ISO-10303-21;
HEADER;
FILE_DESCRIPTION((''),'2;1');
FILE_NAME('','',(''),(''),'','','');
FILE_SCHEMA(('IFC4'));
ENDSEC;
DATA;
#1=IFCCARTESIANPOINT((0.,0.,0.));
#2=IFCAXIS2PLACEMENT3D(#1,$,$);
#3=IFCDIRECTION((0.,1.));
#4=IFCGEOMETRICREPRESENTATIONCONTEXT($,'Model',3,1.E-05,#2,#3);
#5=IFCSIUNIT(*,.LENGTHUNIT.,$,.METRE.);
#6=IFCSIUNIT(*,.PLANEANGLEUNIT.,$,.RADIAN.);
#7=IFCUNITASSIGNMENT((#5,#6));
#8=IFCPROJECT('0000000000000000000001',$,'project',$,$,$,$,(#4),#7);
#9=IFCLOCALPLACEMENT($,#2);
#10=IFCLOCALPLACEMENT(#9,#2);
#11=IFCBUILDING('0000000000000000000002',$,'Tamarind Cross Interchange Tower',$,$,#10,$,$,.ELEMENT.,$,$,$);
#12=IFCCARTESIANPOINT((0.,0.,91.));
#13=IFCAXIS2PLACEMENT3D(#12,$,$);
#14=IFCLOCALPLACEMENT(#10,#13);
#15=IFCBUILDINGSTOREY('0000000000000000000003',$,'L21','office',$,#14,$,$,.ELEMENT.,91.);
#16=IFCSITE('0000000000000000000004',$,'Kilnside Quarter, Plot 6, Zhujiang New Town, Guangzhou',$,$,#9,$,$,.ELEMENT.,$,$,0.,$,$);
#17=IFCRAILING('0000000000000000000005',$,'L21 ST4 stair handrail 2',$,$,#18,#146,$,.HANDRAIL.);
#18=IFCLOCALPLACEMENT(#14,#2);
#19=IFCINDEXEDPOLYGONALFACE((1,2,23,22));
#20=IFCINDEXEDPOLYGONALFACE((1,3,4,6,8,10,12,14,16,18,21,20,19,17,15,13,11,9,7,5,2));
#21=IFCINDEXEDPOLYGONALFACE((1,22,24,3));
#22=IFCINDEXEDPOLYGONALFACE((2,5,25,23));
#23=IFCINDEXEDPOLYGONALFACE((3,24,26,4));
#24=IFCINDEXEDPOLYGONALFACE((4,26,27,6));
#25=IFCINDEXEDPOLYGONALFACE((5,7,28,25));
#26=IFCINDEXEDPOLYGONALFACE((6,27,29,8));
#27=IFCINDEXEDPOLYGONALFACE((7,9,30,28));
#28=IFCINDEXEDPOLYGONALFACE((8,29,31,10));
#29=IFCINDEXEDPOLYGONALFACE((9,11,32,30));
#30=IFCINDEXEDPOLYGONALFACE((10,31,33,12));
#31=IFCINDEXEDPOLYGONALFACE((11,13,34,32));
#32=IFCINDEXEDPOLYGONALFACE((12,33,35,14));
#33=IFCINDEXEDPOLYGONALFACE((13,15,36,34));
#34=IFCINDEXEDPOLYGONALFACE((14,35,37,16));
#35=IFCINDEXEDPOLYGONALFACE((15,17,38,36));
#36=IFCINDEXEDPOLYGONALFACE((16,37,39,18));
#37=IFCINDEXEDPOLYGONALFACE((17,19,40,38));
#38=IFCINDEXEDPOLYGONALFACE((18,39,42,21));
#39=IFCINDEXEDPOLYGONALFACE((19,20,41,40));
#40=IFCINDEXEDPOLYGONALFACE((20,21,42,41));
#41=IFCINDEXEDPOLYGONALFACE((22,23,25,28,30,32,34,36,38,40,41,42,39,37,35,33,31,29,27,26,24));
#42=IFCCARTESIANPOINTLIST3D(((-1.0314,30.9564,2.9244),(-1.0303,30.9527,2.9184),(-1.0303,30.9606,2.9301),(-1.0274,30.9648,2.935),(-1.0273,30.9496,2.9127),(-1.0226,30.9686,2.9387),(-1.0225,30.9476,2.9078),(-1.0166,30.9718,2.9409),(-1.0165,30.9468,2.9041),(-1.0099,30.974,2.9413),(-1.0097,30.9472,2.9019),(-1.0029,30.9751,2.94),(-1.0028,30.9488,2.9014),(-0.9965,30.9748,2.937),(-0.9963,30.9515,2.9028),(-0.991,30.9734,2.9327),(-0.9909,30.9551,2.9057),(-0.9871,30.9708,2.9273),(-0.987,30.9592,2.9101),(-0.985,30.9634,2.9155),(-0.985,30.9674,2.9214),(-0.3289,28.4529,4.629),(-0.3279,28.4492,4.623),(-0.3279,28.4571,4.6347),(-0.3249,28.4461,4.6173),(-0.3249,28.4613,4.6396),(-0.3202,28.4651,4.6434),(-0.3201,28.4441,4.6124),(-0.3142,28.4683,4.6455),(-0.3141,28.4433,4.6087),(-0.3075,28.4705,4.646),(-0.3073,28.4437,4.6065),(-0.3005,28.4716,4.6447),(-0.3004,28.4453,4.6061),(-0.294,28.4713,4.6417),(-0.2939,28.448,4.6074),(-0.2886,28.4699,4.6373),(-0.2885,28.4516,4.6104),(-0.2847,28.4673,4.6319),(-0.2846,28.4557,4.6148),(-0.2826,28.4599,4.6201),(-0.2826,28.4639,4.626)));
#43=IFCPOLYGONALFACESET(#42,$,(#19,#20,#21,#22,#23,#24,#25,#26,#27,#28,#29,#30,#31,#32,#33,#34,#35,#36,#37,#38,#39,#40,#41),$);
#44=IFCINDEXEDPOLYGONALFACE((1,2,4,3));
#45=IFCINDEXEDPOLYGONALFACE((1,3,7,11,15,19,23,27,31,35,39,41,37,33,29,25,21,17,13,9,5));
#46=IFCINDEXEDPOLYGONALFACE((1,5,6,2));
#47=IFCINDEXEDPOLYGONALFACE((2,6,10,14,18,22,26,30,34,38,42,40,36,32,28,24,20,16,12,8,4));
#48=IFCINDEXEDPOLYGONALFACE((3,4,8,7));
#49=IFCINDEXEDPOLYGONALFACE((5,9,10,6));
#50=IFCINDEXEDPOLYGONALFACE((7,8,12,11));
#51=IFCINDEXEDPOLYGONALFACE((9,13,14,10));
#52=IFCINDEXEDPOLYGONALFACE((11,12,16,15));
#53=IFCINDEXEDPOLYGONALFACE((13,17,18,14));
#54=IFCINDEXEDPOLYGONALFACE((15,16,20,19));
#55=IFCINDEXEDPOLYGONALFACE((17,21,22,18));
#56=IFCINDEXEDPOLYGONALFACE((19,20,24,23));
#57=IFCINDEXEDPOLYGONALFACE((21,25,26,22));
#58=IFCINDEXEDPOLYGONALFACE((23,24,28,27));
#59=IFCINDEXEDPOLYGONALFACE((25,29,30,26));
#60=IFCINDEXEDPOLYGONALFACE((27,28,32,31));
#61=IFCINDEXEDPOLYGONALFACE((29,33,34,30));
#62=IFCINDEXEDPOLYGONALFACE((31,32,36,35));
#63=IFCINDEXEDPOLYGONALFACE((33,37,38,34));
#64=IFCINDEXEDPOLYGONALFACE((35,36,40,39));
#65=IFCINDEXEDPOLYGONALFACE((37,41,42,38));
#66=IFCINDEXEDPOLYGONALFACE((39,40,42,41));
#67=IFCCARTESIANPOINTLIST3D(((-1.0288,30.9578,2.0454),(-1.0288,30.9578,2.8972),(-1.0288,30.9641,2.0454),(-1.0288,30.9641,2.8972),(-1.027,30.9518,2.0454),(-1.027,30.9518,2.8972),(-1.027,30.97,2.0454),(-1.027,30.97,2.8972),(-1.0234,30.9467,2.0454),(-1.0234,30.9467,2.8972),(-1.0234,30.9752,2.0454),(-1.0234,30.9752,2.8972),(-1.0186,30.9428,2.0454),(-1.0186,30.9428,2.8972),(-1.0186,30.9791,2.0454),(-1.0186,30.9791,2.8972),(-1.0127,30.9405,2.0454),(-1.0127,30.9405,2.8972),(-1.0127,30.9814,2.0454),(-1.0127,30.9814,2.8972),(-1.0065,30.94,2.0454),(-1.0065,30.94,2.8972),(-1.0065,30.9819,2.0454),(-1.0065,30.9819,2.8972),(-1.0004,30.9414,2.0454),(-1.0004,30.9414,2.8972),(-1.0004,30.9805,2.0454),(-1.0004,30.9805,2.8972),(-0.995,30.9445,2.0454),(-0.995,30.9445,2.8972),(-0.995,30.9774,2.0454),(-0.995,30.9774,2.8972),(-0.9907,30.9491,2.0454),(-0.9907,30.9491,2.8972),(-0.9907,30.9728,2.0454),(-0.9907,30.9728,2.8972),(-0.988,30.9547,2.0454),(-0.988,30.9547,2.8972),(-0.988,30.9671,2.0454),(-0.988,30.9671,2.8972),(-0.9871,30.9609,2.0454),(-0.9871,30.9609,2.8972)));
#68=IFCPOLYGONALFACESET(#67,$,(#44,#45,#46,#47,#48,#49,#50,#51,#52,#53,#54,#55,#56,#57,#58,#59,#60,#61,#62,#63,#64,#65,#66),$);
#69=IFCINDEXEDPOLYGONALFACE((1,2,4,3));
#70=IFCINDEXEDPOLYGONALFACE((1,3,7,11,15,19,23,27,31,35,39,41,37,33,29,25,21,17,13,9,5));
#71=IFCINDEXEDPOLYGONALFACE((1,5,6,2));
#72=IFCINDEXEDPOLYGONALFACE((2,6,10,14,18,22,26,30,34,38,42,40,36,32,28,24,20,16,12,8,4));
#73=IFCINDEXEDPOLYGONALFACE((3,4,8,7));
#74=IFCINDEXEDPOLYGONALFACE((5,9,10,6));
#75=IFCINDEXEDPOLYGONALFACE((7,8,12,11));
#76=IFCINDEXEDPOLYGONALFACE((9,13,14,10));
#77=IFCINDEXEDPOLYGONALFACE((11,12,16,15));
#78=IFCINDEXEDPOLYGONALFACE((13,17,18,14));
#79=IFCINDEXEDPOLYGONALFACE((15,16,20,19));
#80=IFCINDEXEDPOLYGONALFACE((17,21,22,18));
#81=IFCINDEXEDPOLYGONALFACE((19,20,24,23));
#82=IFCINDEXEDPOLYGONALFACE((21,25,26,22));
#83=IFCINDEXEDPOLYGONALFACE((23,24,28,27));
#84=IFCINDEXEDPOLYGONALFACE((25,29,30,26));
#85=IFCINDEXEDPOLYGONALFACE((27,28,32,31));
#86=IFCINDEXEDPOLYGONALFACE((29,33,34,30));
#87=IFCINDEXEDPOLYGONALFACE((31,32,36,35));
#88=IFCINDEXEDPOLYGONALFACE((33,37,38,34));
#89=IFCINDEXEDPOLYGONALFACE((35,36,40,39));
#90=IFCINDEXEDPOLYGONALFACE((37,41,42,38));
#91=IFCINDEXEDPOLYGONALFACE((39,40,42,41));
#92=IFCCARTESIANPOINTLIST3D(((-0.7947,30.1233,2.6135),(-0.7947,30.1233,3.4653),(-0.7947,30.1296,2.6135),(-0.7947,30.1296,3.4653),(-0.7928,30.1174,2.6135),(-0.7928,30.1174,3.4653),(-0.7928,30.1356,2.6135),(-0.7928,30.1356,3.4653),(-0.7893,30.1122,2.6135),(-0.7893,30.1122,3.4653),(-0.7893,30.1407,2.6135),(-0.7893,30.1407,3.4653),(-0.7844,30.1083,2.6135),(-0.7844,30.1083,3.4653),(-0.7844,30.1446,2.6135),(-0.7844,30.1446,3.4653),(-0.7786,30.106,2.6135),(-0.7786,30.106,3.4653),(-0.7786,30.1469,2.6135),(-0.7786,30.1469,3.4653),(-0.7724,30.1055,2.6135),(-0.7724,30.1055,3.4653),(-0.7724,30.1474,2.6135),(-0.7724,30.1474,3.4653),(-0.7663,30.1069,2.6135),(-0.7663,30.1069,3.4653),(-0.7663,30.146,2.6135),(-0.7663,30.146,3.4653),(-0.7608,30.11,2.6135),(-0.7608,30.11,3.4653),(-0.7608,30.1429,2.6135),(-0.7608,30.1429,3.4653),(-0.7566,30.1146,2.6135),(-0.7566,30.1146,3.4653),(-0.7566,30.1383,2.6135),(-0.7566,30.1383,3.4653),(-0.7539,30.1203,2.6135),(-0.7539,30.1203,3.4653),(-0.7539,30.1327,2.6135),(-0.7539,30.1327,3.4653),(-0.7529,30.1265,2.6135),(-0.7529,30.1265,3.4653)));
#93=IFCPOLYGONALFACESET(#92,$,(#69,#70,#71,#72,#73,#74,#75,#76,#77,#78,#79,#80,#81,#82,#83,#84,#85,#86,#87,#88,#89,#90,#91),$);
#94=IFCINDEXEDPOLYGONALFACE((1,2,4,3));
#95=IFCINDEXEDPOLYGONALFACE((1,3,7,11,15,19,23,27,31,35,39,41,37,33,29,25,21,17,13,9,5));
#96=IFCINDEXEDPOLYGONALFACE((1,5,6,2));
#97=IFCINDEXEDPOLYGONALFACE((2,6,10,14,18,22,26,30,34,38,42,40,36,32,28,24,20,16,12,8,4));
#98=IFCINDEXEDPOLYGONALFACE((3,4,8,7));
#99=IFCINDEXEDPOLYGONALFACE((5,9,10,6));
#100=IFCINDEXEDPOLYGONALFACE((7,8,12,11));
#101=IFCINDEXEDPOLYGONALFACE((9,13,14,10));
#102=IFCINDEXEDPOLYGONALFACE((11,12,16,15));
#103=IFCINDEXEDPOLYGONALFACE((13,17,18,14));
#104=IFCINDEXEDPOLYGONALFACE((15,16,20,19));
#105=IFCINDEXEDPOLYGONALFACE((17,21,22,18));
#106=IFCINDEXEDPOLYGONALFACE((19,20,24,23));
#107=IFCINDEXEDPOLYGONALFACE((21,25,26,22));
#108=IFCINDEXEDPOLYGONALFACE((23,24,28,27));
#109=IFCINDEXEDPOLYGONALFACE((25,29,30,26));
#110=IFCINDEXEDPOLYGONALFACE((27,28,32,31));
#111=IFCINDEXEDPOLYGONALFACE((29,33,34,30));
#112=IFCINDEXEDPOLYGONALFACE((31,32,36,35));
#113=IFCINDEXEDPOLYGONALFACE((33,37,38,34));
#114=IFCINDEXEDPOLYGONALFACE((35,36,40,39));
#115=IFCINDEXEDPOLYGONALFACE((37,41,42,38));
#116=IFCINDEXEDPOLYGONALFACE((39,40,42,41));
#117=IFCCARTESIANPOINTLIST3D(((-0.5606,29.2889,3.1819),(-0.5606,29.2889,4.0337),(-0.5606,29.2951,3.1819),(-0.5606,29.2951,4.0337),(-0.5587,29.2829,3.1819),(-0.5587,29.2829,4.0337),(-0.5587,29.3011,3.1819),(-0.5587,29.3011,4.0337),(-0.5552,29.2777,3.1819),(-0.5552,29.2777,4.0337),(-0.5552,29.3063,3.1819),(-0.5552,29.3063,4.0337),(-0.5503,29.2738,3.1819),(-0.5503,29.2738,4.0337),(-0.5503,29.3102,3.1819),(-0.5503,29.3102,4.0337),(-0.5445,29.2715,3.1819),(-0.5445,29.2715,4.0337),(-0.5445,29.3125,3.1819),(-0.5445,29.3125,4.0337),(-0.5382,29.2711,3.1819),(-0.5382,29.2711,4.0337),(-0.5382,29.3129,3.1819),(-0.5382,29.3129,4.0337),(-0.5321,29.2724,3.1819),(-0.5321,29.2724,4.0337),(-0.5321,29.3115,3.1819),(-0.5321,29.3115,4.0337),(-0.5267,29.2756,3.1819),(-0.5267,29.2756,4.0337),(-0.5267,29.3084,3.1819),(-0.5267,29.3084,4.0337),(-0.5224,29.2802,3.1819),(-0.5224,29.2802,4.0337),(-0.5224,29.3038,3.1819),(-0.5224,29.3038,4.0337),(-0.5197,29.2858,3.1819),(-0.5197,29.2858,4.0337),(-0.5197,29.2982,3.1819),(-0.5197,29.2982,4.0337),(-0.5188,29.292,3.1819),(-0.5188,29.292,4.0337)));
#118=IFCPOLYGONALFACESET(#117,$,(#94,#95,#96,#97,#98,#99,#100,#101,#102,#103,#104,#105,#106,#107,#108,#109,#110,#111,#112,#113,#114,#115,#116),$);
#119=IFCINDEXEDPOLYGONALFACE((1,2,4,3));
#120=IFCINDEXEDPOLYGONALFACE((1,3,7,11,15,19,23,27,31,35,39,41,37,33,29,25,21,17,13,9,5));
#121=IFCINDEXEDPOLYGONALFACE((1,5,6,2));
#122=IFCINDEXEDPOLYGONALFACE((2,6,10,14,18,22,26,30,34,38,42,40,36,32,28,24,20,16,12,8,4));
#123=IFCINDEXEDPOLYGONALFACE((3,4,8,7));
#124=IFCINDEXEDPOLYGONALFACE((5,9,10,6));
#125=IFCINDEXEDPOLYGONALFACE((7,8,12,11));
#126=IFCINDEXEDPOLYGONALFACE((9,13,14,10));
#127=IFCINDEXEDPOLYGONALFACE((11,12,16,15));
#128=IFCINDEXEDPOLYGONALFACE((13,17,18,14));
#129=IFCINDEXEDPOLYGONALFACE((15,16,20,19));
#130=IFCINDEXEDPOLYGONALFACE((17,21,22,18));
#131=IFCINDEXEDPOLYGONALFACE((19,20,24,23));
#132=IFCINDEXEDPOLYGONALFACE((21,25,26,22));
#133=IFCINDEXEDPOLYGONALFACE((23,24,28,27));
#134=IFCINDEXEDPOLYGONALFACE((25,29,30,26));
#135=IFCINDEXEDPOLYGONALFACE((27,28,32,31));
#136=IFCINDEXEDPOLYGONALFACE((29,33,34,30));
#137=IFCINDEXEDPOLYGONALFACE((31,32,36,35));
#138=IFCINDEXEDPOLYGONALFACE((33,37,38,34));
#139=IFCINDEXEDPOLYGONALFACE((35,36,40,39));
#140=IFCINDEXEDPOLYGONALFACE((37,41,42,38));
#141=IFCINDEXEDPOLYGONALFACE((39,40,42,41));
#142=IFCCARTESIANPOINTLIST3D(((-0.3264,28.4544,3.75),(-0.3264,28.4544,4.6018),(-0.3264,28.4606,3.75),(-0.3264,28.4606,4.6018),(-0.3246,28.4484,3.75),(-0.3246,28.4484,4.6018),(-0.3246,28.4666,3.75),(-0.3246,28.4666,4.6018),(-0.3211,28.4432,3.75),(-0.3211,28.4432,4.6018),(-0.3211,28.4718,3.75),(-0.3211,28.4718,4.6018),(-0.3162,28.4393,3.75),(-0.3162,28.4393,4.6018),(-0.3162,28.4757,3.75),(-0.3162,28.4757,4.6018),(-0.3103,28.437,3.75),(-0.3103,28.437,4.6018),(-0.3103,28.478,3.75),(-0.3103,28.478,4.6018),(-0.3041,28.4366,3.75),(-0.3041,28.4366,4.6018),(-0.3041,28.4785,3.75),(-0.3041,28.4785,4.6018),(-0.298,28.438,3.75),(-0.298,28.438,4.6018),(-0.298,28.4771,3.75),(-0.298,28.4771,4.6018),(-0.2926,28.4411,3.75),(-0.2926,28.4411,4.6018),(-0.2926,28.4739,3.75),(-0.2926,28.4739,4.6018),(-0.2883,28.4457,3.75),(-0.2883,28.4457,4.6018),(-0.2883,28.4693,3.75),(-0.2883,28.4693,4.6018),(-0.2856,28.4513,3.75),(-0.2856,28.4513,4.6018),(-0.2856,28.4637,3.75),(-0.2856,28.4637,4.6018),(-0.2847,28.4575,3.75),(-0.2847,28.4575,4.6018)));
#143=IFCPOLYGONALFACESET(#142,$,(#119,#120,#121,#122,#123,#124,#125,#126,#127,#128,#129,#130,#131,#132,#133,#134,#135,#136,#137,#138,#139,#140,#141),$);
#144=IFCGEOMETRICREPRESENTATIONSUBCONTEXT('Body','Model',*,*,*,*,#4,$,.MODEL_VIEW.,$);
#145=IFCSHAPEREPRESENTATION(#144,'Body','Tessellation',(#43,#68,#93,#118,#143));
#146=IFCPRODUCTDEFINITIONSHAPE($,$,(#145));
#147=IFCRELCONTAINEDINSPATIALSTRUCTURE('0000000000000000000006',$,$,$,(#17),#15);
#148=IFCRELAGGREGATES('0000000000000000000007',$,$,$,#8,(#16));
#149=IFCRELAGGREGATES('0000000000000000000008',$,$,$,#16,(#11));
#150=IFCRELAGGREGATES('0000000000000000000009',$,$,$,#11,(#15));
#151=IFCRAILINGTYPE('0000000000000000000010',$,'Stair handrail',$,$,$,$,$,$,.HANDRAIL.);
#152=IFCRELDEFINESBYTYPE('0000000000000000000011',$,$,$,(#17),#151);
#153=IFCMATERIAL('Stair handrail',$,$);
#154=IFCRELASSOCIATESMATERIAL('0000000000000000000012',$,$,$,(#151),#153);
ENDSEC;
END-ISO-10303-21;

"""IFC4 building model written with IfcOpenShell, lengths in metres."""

from ifc_helpers import new_model, si_unit, direction, frame, origin, origin_2d, place, context, subcontext, project, spatial, circle, extrude, material, type_object, element, save


model = new_model("IFC4")

# Units and contexts
model_context = context("Model", 3, precision=1e-05, world=origin(), true_north=direction((0.0, 1.0)))
body_context = subcontext(model_context, "Body", "Model", "MODEL_VIEW")
ifc_project = project(units=[si_unit("LENGTHUNIT", "METRE"), si_unit("PLANEANGLEUNIT", "RADIAN")], contexts=[model_context])

# Site, building, storey
site_placement = place(None, origin())
site = spatial("IfcSite", under=ifc_project, at=site_placement, Name="Kilnside Quarter, Plot 6, Zhujiang New Town, Guangzhou", CompositionType="ELEMENT", RefElevation=0.0)
building_placement = place(site_placement, origin())
building = spatial("IfcBuilding", under=site, at=building_placement, Name="Tamarind Cross Interchange Tower", CompositionType="ELEMENT")
storey_placement = place(building_placement, frame((0.0, 0.0, 91.0)))
storey = spatial("IfcBuildingStorey", under=building, at=storey_placement, Name="L21", Description="office", CompositionType="ELEMENT", Elevation=91.0)

# Railing
ifc_material_1 = material(Name="Stair handrail")
railing_type = type_object("IfcRailingType", Name="Stair handrail", PredefinedType="HANDRAIL", material=ifc_material_1)
railing_placement = place(storey_placement, frame((-1.0081, 30.9609, 2.0454)))
element("IfcRailing", 1, at=railing_placement, inside=storey, type_object=railing_type, Name="L21 ST4 stair handrail 2", PredefinedType="HANDRAIL", context=body_context, shape_type="SweptSolid", body=[
    extrude(circle(Radius=0.0239, at=origin_2d()), frame((0.0, 0.0, 0.876), z_axis=(0.22592, -0.805208, 0.54827), x_axis=(0.962821, 0.270142, 0.0)), (0.0, 0.0, 1.0), 3.1091),
    extrude(circle(Radius=0.021, at=origin_2d()), origin(), (0.0, 0.0, 1.0), 0.8518),
    extrude(circle(Radius=0.021, at=origin_2d()), frame((0.2341, -0.8345, 0.5681)), (0.0, 0.0, 1.0), 0.8518),
    extrude(circle(Radius=0.021, at=origin_2d()), frame((0.4683, -1.6689, 1.1365)), (0.0, 0.0, 1.0), 0.8518),
    extrude(circle(Radius=0.021, at=origin_2d()), frame((0.7024, -2.5034, 1.7046)), (0.0, 0.0, 1.0), 0.8518),
])

save(model, "model.ifc")
